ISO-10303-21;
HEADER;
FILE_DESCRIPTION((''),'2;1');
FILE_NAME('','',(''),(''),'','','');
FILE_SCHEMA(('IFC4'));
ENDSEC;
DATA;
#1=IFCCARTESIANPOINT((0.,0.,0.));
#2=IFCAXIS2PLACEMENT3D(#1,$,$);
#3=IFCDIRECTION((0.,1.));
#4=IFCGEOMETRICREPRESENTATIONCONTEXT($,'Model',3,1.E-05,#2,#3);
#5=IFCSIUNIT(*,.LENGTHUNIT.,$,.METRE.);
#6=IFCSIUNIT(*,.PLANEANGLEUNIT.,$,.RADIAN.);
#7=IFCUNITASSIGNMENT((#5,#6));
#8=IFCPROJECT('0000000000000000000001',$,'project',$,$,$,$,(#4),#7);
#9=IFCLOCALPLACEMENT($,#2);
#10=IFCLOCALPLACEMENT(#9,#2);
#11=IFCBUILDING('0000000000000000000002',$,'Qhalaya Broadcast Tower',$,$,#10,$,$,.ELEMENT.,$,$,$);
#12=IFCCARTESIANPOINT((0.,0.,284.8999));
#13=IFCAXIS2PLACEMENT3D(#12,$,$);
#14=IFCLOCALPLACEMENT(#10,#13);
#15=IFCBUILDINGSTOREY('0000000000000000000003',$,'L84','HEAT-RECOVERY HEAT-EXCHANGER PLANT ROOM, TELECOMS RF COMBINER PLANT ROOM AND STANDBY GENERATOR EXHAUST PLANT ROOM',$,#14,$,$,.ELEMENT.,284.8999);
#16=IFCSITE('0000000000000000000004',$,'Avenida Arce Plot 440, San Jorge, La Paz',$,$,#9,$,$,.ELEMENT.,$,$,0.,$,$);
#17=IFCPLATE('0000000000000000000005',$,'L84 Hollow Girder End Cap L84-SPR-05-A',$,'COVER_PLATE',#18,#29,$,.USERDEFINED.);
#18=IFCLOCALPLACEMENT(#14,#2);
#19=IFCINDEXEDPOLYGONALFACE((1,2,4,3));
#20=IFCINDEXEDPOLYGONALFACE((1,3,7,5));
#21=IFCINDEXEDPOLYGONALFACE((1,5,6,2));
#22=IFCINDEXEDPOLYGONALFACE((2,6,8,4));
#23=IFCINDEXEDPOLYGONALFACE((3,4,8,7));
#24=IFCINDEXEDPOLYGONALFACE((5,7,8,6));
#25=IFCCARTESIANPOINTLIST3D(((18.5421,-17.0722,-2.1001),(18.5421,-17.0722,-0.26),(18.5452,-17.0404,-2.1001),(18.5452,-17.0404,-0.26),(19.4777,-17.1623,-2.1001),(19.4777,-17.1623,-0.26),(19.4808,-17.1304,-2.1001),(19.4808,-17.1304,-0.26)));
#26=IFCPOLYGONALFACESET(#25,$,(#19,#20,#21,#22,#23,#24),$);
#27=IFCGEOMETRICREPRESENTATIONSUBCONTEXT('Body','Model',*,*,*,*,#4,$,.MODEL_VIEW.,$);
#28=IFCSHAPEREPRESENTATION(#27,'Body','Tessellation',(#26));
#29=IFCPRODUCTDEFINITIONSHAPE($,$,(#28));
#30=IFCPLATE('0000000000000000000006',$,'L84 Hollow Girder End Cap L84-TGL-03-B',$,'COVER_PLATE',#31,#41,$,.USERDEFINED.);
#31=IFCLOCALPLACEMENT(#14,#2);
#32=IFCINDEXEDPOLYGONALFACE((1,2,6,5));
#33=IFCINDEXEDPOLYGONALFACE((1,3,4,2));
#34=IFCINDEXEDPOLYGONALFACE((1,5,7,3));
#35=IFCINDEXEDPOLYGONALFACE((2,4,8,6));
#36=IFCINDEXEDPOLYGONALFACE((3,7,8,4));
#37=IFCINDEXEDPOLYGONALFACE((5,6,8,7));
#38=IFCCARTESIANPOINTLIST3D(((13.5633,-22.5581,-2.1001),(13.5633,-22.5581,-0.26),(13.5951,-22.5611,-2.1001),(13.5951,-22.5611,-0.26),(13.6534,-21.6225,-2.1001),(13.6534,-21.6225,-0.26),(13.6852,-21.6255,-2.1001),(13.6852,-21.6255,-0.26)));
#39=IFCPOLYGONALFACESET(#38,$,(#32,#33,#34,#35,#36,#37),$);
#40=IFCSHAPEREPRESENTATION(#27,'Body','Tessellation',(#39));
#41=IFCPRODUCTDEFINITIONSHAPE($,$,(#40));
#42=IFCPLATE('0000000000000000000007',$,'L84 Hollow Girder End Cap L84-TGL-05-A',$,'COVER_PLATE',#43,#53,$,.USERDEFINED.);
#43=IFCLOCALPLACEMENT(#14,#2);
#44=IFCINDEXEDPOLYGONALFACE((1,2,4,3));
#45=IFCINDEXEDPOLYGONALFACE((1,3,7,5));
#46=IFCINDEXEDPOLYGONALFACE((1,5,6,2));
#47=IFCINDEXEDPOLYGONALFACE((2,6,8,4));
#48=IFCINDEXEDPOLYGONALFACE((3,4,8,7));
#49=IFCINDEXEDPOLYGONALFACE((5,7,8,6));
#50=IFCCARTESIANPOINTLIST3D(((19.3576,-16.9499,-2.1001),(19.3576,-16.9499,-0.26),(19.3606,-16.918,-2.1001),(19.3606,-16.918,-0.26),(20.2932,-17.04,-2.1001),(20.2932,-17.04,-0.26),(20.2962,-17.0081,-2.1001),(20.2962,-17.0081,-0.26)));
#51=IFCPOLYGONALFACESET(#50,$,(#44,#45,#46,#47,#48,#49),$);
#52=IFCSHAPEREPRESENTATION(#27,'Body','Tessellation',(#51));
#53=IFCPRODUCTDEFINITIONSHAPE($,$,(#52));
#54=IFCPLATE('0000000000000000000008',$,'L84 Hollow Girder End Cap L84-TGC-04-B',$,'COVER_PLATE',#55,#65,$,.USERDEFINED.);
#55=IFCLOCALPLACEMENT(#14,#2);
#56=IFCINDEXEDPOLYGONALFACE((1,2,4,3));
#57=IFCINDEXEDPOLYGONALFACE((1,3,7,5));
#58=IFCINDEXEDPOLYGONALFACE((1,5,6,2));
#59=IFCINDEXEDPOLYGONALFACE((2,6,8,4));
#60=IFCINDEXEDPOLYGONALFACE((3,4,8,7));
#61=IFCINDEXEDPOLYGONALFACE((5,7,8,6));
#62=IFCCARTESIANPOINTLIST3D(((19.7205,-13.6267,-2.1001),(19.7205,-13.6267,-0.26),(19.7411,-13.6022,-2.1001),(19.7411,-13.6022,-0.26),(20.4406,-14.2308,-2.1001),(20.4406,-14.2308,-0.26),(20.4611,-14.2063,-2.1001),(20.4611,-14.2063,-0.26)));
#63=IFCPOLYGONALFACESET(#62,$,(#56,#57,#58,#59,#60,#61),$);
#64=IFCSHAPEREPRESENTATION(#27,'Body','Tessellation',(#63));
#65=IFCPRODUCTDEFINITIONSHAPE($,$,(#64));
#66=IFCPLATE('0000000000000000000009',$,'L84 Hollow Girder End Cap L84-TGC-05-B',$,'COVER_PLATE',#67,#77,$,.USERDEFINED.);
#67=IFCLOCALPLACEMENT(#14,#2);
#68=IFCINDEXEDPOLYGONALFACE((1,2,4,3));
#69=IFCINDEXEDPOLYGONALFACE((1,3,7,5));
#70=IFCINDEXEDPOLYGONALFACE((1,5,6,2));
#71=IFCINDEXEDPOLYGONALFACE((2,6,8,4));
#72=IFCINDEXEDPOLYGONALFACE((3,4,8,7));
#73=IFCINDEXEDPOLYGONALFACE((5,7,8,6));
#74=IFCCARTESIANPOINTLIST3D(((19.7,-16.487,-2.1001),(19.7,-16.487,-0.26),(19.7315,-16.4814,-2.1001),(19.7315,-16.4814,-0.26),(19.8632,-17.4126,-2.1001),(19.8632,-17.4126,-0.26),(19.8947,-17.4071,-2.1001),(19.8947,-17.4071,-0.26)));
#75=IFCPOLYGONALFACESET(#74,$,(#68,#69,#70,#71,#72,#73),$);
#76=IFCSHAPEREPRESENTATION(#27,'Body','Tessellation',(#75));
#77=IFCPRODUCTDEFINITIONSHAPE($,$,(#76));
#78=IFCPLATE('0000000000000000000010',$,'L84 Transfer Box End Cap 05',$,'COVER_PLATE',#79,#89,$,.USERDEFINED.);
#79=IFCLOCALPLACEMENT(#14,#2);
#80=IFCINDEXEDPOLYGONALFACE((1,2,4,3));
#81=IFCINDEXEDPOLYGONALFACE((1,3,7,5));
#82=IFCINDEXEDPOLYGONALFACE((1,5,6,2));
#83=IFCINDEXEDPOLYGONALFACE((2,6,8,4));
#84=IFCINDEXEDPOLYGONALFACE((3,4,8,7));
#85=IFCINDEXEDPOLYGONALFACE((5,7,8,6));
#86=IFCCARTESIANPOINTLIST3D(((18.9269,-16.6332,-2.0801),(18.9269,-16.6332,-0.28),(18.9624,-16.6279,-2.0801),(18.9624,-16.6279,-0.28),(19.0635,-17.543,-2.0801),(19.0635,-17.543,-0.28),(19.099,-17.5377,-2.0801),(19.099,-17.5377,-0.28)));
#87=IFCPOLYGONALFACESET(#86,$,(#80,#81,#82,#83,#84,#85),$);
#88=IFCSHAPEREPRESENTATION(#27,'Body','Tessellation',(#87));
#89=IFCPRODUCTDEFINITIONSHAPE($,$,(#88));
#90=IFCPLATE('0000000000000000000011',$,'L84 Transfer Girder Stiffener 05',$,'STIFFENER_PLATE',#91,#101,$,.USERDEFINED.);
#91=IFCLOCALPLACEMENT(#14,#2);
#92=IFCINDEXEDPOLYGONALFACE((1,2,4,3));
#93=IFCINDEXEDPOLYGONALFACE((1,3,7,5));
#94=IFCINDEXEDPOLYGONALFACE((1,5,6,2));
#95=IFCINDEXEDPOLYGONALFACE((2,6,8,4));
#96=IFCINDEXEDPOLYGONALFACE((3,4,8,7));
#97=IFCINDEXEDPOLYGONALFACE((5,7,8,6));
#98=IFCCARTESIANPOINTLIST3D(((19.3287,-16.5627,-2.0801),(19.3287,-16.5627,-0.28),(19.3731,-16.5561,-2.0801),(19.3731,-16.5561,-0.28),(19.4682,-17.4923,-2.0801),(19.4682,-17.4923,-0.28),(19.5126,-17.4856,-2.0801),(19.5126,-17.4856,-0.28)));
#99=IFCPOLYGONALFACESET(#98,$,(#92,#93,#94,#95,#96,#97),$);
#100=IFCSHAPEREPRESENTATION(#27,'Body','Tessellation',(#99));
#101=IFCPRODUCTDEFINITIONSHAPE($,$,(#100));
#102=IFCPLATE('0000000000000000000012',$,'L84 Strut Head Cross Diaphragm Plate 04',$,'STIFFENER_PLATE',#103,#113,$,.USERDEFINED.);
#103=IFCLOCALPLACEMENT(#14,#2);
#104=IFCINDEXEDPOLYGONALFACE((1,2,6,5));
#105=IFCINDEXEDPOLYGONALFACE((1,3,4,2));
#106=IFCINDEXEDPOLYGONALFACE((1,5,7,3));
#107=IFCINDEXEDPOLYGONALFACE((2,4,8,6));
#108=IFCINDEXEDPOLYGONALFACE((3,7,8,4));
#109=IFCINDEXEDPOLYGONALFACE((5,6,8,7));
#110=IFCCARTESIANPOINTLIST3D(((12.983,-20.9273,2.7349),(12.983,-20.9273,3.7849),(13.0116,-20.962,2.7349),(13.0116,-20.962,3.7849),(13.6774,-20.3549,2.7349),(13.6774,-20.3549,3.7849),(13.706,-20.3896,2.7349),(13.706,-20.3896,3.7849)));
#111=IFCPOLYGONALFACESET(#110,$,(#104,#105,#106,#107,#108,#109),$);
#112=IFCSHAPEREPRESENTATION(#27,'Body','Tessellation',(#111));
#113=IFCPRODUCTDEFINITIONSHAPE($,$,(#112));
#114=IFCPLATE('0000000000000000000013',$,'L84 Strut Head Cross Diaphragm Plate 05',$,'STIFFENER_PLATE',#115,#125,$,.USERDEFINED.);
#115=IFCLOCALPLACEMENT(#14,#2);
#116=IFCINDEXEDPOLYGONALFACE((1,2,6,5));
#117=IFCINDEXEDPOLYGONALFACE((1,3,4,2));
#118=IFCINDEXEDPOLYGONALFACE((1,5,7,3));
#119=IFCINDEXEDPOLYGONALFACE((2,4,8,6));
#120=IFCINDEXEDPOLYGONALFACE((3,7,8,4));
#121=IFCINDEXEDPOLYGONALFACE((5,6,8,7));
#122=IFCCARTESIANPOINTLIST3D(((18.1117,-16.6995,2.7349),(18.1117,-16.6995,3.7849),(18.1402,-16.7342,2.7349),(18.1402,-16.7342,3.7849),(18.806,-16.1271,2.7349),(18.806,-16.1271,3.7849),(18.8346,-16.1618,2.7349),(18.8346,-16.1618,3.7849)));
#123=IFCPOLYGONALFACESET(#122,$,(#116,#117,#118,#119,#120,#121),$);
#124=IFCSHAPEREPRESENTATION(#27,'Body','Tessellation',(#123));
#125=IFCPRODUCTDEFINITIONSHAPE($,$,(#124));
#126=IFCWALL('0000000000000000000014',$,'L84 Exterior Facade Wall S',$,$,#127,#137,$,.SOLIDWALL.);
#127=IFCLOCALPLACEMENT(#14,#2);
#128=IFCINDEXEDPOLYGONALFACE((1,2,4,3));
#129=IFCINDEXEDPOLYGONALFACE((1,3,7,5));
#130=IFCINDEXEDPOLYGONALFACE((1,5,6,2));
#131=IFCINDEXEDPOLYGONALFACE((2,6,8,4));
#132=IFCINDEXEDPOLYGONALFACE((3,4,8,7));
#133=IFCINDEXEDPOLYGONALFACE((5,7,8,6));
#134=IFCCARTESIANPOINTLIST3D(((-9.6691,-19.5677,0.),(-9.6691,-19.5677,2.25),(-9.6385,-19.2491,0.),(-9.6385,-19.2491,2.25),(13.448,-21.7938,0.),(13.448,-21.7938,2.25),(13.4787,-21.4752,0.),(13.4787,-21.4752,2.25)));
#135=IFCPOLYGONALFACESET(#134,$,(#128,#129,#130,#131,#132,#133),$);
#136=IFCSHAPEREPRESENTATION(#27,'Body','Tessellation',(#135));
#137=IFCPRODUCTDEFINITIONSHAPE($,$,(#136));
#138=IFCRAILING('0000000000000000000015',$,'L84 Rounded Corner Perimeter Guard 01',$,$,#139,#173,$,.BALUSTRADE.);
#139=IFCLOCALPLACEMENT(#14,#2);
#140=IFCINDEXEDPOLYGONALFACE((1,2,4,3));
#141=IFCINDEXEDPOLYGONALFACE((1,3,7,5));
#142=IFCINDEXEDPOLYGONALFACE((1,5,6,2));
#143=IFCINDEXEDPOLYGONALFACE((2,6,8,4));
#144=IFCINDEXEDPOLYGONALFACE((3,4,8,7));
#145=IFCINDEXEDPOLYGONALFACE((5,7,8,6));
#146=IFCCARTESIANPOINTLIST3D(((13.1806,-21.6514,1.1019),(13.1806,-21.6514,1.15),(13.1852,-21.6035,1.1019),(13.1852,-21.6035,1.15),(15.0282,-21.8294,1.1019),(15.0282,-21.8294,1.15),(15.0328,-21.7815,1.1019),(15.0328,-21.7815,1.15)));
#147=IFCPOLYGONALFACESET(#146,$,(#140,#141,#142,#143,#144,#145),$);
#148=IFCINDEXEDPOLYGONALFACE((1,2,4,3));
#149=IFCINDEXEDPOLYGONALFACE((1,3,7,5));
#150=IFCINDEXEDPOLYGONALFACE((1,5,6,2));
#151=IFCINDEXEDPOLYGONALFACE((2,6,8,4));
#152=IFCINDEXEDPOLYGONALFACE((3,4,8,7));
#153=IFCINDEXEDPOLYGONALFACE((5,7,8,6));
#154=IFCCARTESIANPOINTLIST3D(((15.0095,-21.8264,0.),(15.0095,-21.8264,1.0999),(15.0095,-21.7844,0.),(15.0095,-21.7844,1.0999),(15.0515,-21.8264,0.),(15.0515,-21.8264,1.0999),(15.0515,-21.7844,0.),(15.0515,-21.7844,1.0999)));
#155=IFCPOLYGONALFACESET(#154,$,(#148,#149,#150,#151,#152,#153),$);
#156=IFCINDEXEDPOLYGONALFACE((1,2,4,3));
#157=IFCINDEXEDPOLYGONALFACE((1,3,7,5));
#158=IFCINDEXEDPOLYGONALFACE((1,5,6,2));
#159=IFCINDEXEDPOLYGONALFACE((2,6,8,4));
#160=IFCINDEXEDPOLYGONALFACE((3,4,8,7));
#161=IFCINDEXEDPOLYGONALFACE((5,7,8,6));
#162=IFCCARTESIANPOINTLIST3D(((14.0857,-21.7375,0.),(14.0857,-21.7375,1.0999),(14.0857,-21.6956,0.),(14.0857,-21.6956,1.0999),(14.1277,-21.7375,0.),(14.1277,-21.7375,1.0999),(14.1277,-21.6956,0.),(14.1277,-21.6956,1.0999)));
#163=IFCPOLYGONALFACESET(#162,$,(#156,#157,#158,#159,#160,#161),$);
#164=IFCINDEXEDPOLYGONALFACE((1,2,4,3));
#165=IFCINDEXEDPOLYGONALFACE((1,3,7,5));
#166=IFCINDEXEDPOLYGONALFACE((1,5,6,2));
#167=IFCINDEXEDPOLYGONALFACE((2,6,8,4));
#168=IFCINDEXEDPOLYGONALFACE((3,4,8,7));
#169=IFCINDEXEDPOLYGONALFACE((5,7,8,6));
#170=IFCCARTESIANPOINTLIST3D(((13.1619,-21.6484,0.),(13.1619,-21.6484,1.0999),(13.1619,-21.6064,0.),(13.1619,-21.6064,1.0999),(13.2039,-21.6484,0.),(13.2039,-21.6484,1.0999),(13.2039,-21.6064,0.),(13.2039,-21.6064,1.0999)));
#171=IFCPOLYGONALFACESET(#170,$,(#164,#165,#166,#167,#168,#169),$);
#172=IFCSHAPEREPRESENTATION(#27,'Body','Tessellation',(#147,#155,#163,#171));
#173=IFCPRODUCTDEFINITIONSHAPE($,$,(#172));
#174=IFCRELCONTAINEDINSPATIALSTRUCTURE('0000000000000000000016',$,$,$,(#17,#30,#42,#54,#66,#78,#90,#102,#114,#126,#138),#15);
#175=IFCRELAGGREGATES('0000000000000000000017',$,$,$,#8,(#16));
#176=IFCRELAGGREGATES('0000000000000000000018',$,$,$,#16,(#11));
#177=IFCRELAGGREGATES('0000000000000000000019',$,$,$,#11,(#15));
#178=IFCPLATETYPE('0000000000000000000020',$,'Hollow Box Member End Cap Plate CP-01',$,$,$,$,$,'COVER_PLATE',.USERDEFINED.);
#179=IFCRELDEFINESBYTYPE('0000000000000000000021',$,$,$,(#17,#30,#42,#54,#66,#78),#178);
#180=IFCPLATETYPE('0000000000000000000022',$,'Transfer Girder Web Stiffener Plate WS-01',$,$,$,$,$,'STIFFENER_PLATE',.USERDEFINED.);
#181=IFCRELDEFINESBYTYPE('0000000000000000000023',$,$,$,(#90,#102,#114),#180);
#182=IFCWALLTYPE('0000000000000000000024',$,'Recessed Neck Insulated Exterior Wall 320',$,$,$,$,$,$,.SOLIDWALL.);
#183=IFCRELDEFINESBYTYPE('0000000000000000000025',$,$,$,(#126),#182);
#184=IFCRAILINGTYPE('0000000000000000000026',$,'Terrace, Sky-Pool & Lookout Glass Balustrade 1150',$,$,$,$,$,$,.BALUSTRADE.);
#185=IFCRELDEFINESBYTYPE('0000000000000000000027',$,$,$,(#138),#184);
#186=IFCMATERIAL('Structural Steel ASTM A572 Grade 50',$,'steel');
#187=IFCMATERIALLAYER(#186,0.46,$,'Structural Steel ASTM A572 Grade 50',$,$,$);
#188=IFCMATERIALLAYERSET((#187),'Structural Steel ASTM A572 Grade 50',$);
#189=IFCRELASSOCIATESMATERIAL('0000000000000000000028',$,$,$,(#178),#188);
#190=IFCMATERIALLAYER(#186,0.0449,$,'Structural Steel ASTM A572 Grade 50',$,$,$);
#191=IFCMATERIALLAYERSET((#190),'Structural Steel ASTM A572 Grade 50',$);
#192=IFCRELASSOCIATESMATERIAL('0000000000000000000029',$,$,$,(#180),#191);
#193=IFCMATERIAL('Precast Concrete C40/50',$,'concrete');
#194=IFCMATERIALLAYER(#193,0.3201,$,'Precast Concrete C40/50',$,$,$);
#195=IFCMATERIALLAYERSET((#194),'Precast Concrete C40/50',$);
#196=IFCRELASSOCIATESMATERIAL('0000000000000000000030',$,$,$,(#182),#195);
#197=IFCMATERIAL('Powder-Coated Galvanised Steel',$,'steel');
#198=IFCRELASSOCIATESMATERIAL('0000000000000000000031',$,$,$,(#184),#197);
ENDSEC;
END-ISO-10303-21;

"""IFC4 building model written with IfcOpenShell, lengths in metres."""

from ifc_helpers import new_model, si_unit, direction, frame, frame_2d, origin, origin_2d, place, context, subcontext, project, spatial, rectangle, extrude, material, layer, layer_set, type_object, element, save


model = new_model("IFC4")

# Units and contexts
model_context = context("Model", 3, precision=1e-05, world=origin(), true_north=direction((0.0, 1.0)))
body_context = subcontext(model_context, "Body", "Model", "MODEL_VIEW")
ifc_project = project(units=[si_unit("LENGTHUNIT", "METRE"), si_unit("PLANEANGLEUNIT", "RADIAN")], contexts=[model_context])

# Site, building, storey
site_placement = place(None, origin())
site = spatial("IfcSite", under=ifc_project, at=site_placement, Name="Avenida Arce Plot 440, San Jorge, La Paz", CompositionType="ELEMENT", RefElevation=0.0)
building_placement = place(site_placement, origin())
building = spatial("IfcBuilding", under=site, at=building_placement, Name="Qhalaya Broadcast Tower", CompositionType="ELEMENT")
storey_placement = place(building_placement, frame((0.0, 0.0, 284.8999)))
storey = spatial("IfcBuildingStorey", under=building, at=storey_placement, Name="L84", Description="HEAT-RECOVERY HEAT-EXCHANGER PLANT ROOM, TELECOMS RF COMBINER PLANT ROOM AND STANDBY GENERATOR EXHAUST PLANT ROOM", CompositionType="ELEMENT", Elevation=284.8999)

# Shared definitions
ifc_material_1 = material(Name="Structural Steel ASTM A572 Grade 50", Category="steel")

# Plates
ifc_layer_1 = layer(ifc_material_1, 0.46, Name="Structural Steel ASTM A572 Grade 50")
ifc_layer_set_1 = layer_set([ifc_layer_1], Name="Structural Steel ASTM A572 Grade 50")
plate_type_1 = type_object("IfcPlateType", Name="Hollow Box Member End Cap Plate CP-01", ElementType="COVER_PLATE", PredefinedType="USERDEFINED", material=ifc_layer_set_1)
for number, where, z_axis, x_axis, name in (
    (1, (19.0115, -17.1013, -2.1001), (0.0, 0.0, 1.0), (-0.995396, 0.095846, 0.0), "L84 Hollow Girder End Cap L84-SPR-05-A"),
    (2, (13.6243, -22.0918, -2.1001), (0.0, 0.0, 1.0), (0.095846, 0.995396, 0.0), "L84 Hollow Girder End Cap L84-TGL-03-B"),
    (3, (19.8269, -16.979, -2.1001), (0.0, 0.0, 1.0), (-0.995398, 0.095828, 0.0), "L84 Hollow Girder End Cap L84-TGL-05-A"),
    (4, (20.0908, -13.9165, -2.1001), (0.0, 0.0, 1.0), (-0.766044, 0.642788, 0.0), "L84 Hollow Girder End Cap L84-TGC-04-B"),
    (5, (19.7974, -16.947, -2.1001), (0.0, 0.0, 1.0), (-0.173648, 0.984808, 0.0), "L84 Hollow Girder End Cap L84-TGC-05-B"),
):
    element("IfcPlate", number, at=place(storey_placement, frame(where, z_axis=z_axis, x_axis=x_axis)), inside=storey, type_object=plate_type_1, Name=name, ObjectType="COVER_PLATE", PredefinedType="USERDEFINED", context=body_context, shape_type="SweptSolid", body=[
        extrude(rectangle(XDim=0.9399, YDim=0.032, at=origin_2d()), origin(), (0.0, 0.0, 1.0), 1.8401),
    ])
plate_1_placement = place(storey_placement, frame((19.0129, -17.0854, -2.0801), z_axis=(0.0, 0.0, 1.0), x_axis=(0.148431, -0.988923, 0.0)))
element("IfcPlate", 6, at=plate_1_placement, inside=storey, type_object=plate_type_1, Name="L84 Transfer Box End Cap 05", ObjectType="COVER_PLATE", PredefinedType="USERDEFINED", context=body_context, shape_type="SweptSolid", body=[
    extrude(rectangle(XDim=0.9199, YDim=0.0359, at=origin_2d()), origin(), (0.0, 0.0, 1.0), 1.8),
])
ifc_layer_2 = layer(ifc_material_1, 0.0449, Name="Structural Steel ASTM A572 Grade 50")
ifc_layer_set_2 = layer_set([ifc_layer_2], Name="Structural Steel ASTM A572 Grade 50")
plate_type_2 = type_object("IfcPlateType", Name="Transfer Girder Web Stiffener Plate WS-01", ElementType="STIFFENER_PLATE", PredefinedType="USERDEFINED", material=ifc_layer_set_2)
plate_2_placement = place(storey_placement, frame((19.4207, -17.0242, -2.0801), z_axis=(0.0, 0.0, 1.0), x_axis=(0.148431, -0.988923, 0.0)))
element("IfcPlate", 7, at=plate_2_placement, inside=storey, type_object=plate_type_2, Name="L84 Transfer Girder Stiffener 05", ObjectType="STIFFENER_PLATE", PredefinedType="USERDEFINED", context=body_context, shape_type="SweptSolid", body=[
    extrude(rectangle(XDim=0.9399, YDim=0.0449, at=origin_2d()), origin(), (0.0, 0.0, 1.0), 1.8),
])
for number, where, z_axis, x_axis, name in (
    (8, (13.3445, -20.6584, 2.7349), (0.0, 0.0, 1.0), (-0.771669, -0.636024, 0.0), "L84 Strut Head Cross Diaphragm Plate 04"),
    (9, (18.4731, -16.4307, 2.7349), (0.0, 0.0, 1.0), (-0.771613, -0.636092, 0.0), "L84 Strut Head Cross Diaphragm Plate 05"),
):
    element("IfcPlate", number, at=place(storey_placement, frame(where, z_axis=z_axis, x_axis=x_axis)), inside=storey, type_object=plate_type_2, Name=name, ObjectType="STIFFENER_PLATE", PredefinedType="USERDEFINED", context=body_context, shape_type="SweptSolid", body=[
        extrude(rectangle(XDim=0.8999, YDim=0.0449, at=origin_2d()), origin(), (0.0, 0.0, 1.0), 1.05),
    ])

# Wall
ifc_material_2 = material(Name="Precast Concrete C40/50", Category="concrete")
ifc_layer_3 = layer(ifc_material_2, 0.3201, Name="Precast Concrete C40/50")
ifc_layer_set_3 = layer_set([ifc_layer_3], Name="Precast Concrete C40/50")
wall_type = type_object("IfcWallType", Name="Recessed Neck Insulated Exterior Wall 320", PredefinedType="SOLIDWALL", material=ifc_layer_set_3)
wall_placement = place(storey_placement, frame((13.4634, -21.6345, 0.0), z_axis=(0.0, 0.0, 1.0), x_axis=(-0.995396, 0.095852, 0.0)))
element("IfcWall", 10, at=wall_placement, inside=storey, type_object=wall_type, Name="L84 Exterior Facade Wall S", PredefinedType="SOLIDWALL", context=body_context, shape_type="SweptSolid", body=[
    extrude(rectangle(XDim=23.2241, YDim=0.3201, at=frame_2d((11.6121, 0.0))), origin(), (0.0, 0.0, 1.0), 2.25),
])

# Railing
ifc_material_3 = material(Name="Powder-Coated Galvanised Steel", Category="steel")
railing_type = type_object("IfcRailingType", Name="Terrace, Sky-Pool & Lookout Glass Balustrade 1150", PredefinedType="BALUSTRADE", material=ifc_material_3)
railing_1_placement = place(storey_placement, frame((15.0305, -21.8054, 0.0)))
element("IfcRailing", 11, at=railing_1_placement, inside=storey, type_object=railing_type, Name="L84 Rounded Corner Perimeter Guard 01", PredefinedType="BALUSTRADE", context=body_context, shape_type="SweptSolid", body=[
    extrude(rectangle(XDim=0.0481, YDim=0.0481, at=origin_2d()), frame((0.0, 0.0, 1.126), z_axis=(-0.995393, 0.095883, 0.0), x_axis=(-0.095883, -0.995393, 0.0)), (0.0, 0.0, 1.0), 1.8562),
    extrude(rectangle(XDim=0.042, YDim=0.042, at=origin_2d()), origin(), (0.0, 0.0, 1.0), 1.0999),
    extrude(rectangle(XDim=0.042, YDim=0.042, at=origin_2d()), frame((-0.9238, 0.0889, 0.0)), (0.0, 0.0, 1.0), 1.0999),
    extrude(rectangle(XDim=0.042, YDim=0.042, at=origin_2d()), frame((-1.8477, 0.178, 0.0)), (0.0, 0.0, 1.0), 1.0999),
])

save(model, "model.ifc")
